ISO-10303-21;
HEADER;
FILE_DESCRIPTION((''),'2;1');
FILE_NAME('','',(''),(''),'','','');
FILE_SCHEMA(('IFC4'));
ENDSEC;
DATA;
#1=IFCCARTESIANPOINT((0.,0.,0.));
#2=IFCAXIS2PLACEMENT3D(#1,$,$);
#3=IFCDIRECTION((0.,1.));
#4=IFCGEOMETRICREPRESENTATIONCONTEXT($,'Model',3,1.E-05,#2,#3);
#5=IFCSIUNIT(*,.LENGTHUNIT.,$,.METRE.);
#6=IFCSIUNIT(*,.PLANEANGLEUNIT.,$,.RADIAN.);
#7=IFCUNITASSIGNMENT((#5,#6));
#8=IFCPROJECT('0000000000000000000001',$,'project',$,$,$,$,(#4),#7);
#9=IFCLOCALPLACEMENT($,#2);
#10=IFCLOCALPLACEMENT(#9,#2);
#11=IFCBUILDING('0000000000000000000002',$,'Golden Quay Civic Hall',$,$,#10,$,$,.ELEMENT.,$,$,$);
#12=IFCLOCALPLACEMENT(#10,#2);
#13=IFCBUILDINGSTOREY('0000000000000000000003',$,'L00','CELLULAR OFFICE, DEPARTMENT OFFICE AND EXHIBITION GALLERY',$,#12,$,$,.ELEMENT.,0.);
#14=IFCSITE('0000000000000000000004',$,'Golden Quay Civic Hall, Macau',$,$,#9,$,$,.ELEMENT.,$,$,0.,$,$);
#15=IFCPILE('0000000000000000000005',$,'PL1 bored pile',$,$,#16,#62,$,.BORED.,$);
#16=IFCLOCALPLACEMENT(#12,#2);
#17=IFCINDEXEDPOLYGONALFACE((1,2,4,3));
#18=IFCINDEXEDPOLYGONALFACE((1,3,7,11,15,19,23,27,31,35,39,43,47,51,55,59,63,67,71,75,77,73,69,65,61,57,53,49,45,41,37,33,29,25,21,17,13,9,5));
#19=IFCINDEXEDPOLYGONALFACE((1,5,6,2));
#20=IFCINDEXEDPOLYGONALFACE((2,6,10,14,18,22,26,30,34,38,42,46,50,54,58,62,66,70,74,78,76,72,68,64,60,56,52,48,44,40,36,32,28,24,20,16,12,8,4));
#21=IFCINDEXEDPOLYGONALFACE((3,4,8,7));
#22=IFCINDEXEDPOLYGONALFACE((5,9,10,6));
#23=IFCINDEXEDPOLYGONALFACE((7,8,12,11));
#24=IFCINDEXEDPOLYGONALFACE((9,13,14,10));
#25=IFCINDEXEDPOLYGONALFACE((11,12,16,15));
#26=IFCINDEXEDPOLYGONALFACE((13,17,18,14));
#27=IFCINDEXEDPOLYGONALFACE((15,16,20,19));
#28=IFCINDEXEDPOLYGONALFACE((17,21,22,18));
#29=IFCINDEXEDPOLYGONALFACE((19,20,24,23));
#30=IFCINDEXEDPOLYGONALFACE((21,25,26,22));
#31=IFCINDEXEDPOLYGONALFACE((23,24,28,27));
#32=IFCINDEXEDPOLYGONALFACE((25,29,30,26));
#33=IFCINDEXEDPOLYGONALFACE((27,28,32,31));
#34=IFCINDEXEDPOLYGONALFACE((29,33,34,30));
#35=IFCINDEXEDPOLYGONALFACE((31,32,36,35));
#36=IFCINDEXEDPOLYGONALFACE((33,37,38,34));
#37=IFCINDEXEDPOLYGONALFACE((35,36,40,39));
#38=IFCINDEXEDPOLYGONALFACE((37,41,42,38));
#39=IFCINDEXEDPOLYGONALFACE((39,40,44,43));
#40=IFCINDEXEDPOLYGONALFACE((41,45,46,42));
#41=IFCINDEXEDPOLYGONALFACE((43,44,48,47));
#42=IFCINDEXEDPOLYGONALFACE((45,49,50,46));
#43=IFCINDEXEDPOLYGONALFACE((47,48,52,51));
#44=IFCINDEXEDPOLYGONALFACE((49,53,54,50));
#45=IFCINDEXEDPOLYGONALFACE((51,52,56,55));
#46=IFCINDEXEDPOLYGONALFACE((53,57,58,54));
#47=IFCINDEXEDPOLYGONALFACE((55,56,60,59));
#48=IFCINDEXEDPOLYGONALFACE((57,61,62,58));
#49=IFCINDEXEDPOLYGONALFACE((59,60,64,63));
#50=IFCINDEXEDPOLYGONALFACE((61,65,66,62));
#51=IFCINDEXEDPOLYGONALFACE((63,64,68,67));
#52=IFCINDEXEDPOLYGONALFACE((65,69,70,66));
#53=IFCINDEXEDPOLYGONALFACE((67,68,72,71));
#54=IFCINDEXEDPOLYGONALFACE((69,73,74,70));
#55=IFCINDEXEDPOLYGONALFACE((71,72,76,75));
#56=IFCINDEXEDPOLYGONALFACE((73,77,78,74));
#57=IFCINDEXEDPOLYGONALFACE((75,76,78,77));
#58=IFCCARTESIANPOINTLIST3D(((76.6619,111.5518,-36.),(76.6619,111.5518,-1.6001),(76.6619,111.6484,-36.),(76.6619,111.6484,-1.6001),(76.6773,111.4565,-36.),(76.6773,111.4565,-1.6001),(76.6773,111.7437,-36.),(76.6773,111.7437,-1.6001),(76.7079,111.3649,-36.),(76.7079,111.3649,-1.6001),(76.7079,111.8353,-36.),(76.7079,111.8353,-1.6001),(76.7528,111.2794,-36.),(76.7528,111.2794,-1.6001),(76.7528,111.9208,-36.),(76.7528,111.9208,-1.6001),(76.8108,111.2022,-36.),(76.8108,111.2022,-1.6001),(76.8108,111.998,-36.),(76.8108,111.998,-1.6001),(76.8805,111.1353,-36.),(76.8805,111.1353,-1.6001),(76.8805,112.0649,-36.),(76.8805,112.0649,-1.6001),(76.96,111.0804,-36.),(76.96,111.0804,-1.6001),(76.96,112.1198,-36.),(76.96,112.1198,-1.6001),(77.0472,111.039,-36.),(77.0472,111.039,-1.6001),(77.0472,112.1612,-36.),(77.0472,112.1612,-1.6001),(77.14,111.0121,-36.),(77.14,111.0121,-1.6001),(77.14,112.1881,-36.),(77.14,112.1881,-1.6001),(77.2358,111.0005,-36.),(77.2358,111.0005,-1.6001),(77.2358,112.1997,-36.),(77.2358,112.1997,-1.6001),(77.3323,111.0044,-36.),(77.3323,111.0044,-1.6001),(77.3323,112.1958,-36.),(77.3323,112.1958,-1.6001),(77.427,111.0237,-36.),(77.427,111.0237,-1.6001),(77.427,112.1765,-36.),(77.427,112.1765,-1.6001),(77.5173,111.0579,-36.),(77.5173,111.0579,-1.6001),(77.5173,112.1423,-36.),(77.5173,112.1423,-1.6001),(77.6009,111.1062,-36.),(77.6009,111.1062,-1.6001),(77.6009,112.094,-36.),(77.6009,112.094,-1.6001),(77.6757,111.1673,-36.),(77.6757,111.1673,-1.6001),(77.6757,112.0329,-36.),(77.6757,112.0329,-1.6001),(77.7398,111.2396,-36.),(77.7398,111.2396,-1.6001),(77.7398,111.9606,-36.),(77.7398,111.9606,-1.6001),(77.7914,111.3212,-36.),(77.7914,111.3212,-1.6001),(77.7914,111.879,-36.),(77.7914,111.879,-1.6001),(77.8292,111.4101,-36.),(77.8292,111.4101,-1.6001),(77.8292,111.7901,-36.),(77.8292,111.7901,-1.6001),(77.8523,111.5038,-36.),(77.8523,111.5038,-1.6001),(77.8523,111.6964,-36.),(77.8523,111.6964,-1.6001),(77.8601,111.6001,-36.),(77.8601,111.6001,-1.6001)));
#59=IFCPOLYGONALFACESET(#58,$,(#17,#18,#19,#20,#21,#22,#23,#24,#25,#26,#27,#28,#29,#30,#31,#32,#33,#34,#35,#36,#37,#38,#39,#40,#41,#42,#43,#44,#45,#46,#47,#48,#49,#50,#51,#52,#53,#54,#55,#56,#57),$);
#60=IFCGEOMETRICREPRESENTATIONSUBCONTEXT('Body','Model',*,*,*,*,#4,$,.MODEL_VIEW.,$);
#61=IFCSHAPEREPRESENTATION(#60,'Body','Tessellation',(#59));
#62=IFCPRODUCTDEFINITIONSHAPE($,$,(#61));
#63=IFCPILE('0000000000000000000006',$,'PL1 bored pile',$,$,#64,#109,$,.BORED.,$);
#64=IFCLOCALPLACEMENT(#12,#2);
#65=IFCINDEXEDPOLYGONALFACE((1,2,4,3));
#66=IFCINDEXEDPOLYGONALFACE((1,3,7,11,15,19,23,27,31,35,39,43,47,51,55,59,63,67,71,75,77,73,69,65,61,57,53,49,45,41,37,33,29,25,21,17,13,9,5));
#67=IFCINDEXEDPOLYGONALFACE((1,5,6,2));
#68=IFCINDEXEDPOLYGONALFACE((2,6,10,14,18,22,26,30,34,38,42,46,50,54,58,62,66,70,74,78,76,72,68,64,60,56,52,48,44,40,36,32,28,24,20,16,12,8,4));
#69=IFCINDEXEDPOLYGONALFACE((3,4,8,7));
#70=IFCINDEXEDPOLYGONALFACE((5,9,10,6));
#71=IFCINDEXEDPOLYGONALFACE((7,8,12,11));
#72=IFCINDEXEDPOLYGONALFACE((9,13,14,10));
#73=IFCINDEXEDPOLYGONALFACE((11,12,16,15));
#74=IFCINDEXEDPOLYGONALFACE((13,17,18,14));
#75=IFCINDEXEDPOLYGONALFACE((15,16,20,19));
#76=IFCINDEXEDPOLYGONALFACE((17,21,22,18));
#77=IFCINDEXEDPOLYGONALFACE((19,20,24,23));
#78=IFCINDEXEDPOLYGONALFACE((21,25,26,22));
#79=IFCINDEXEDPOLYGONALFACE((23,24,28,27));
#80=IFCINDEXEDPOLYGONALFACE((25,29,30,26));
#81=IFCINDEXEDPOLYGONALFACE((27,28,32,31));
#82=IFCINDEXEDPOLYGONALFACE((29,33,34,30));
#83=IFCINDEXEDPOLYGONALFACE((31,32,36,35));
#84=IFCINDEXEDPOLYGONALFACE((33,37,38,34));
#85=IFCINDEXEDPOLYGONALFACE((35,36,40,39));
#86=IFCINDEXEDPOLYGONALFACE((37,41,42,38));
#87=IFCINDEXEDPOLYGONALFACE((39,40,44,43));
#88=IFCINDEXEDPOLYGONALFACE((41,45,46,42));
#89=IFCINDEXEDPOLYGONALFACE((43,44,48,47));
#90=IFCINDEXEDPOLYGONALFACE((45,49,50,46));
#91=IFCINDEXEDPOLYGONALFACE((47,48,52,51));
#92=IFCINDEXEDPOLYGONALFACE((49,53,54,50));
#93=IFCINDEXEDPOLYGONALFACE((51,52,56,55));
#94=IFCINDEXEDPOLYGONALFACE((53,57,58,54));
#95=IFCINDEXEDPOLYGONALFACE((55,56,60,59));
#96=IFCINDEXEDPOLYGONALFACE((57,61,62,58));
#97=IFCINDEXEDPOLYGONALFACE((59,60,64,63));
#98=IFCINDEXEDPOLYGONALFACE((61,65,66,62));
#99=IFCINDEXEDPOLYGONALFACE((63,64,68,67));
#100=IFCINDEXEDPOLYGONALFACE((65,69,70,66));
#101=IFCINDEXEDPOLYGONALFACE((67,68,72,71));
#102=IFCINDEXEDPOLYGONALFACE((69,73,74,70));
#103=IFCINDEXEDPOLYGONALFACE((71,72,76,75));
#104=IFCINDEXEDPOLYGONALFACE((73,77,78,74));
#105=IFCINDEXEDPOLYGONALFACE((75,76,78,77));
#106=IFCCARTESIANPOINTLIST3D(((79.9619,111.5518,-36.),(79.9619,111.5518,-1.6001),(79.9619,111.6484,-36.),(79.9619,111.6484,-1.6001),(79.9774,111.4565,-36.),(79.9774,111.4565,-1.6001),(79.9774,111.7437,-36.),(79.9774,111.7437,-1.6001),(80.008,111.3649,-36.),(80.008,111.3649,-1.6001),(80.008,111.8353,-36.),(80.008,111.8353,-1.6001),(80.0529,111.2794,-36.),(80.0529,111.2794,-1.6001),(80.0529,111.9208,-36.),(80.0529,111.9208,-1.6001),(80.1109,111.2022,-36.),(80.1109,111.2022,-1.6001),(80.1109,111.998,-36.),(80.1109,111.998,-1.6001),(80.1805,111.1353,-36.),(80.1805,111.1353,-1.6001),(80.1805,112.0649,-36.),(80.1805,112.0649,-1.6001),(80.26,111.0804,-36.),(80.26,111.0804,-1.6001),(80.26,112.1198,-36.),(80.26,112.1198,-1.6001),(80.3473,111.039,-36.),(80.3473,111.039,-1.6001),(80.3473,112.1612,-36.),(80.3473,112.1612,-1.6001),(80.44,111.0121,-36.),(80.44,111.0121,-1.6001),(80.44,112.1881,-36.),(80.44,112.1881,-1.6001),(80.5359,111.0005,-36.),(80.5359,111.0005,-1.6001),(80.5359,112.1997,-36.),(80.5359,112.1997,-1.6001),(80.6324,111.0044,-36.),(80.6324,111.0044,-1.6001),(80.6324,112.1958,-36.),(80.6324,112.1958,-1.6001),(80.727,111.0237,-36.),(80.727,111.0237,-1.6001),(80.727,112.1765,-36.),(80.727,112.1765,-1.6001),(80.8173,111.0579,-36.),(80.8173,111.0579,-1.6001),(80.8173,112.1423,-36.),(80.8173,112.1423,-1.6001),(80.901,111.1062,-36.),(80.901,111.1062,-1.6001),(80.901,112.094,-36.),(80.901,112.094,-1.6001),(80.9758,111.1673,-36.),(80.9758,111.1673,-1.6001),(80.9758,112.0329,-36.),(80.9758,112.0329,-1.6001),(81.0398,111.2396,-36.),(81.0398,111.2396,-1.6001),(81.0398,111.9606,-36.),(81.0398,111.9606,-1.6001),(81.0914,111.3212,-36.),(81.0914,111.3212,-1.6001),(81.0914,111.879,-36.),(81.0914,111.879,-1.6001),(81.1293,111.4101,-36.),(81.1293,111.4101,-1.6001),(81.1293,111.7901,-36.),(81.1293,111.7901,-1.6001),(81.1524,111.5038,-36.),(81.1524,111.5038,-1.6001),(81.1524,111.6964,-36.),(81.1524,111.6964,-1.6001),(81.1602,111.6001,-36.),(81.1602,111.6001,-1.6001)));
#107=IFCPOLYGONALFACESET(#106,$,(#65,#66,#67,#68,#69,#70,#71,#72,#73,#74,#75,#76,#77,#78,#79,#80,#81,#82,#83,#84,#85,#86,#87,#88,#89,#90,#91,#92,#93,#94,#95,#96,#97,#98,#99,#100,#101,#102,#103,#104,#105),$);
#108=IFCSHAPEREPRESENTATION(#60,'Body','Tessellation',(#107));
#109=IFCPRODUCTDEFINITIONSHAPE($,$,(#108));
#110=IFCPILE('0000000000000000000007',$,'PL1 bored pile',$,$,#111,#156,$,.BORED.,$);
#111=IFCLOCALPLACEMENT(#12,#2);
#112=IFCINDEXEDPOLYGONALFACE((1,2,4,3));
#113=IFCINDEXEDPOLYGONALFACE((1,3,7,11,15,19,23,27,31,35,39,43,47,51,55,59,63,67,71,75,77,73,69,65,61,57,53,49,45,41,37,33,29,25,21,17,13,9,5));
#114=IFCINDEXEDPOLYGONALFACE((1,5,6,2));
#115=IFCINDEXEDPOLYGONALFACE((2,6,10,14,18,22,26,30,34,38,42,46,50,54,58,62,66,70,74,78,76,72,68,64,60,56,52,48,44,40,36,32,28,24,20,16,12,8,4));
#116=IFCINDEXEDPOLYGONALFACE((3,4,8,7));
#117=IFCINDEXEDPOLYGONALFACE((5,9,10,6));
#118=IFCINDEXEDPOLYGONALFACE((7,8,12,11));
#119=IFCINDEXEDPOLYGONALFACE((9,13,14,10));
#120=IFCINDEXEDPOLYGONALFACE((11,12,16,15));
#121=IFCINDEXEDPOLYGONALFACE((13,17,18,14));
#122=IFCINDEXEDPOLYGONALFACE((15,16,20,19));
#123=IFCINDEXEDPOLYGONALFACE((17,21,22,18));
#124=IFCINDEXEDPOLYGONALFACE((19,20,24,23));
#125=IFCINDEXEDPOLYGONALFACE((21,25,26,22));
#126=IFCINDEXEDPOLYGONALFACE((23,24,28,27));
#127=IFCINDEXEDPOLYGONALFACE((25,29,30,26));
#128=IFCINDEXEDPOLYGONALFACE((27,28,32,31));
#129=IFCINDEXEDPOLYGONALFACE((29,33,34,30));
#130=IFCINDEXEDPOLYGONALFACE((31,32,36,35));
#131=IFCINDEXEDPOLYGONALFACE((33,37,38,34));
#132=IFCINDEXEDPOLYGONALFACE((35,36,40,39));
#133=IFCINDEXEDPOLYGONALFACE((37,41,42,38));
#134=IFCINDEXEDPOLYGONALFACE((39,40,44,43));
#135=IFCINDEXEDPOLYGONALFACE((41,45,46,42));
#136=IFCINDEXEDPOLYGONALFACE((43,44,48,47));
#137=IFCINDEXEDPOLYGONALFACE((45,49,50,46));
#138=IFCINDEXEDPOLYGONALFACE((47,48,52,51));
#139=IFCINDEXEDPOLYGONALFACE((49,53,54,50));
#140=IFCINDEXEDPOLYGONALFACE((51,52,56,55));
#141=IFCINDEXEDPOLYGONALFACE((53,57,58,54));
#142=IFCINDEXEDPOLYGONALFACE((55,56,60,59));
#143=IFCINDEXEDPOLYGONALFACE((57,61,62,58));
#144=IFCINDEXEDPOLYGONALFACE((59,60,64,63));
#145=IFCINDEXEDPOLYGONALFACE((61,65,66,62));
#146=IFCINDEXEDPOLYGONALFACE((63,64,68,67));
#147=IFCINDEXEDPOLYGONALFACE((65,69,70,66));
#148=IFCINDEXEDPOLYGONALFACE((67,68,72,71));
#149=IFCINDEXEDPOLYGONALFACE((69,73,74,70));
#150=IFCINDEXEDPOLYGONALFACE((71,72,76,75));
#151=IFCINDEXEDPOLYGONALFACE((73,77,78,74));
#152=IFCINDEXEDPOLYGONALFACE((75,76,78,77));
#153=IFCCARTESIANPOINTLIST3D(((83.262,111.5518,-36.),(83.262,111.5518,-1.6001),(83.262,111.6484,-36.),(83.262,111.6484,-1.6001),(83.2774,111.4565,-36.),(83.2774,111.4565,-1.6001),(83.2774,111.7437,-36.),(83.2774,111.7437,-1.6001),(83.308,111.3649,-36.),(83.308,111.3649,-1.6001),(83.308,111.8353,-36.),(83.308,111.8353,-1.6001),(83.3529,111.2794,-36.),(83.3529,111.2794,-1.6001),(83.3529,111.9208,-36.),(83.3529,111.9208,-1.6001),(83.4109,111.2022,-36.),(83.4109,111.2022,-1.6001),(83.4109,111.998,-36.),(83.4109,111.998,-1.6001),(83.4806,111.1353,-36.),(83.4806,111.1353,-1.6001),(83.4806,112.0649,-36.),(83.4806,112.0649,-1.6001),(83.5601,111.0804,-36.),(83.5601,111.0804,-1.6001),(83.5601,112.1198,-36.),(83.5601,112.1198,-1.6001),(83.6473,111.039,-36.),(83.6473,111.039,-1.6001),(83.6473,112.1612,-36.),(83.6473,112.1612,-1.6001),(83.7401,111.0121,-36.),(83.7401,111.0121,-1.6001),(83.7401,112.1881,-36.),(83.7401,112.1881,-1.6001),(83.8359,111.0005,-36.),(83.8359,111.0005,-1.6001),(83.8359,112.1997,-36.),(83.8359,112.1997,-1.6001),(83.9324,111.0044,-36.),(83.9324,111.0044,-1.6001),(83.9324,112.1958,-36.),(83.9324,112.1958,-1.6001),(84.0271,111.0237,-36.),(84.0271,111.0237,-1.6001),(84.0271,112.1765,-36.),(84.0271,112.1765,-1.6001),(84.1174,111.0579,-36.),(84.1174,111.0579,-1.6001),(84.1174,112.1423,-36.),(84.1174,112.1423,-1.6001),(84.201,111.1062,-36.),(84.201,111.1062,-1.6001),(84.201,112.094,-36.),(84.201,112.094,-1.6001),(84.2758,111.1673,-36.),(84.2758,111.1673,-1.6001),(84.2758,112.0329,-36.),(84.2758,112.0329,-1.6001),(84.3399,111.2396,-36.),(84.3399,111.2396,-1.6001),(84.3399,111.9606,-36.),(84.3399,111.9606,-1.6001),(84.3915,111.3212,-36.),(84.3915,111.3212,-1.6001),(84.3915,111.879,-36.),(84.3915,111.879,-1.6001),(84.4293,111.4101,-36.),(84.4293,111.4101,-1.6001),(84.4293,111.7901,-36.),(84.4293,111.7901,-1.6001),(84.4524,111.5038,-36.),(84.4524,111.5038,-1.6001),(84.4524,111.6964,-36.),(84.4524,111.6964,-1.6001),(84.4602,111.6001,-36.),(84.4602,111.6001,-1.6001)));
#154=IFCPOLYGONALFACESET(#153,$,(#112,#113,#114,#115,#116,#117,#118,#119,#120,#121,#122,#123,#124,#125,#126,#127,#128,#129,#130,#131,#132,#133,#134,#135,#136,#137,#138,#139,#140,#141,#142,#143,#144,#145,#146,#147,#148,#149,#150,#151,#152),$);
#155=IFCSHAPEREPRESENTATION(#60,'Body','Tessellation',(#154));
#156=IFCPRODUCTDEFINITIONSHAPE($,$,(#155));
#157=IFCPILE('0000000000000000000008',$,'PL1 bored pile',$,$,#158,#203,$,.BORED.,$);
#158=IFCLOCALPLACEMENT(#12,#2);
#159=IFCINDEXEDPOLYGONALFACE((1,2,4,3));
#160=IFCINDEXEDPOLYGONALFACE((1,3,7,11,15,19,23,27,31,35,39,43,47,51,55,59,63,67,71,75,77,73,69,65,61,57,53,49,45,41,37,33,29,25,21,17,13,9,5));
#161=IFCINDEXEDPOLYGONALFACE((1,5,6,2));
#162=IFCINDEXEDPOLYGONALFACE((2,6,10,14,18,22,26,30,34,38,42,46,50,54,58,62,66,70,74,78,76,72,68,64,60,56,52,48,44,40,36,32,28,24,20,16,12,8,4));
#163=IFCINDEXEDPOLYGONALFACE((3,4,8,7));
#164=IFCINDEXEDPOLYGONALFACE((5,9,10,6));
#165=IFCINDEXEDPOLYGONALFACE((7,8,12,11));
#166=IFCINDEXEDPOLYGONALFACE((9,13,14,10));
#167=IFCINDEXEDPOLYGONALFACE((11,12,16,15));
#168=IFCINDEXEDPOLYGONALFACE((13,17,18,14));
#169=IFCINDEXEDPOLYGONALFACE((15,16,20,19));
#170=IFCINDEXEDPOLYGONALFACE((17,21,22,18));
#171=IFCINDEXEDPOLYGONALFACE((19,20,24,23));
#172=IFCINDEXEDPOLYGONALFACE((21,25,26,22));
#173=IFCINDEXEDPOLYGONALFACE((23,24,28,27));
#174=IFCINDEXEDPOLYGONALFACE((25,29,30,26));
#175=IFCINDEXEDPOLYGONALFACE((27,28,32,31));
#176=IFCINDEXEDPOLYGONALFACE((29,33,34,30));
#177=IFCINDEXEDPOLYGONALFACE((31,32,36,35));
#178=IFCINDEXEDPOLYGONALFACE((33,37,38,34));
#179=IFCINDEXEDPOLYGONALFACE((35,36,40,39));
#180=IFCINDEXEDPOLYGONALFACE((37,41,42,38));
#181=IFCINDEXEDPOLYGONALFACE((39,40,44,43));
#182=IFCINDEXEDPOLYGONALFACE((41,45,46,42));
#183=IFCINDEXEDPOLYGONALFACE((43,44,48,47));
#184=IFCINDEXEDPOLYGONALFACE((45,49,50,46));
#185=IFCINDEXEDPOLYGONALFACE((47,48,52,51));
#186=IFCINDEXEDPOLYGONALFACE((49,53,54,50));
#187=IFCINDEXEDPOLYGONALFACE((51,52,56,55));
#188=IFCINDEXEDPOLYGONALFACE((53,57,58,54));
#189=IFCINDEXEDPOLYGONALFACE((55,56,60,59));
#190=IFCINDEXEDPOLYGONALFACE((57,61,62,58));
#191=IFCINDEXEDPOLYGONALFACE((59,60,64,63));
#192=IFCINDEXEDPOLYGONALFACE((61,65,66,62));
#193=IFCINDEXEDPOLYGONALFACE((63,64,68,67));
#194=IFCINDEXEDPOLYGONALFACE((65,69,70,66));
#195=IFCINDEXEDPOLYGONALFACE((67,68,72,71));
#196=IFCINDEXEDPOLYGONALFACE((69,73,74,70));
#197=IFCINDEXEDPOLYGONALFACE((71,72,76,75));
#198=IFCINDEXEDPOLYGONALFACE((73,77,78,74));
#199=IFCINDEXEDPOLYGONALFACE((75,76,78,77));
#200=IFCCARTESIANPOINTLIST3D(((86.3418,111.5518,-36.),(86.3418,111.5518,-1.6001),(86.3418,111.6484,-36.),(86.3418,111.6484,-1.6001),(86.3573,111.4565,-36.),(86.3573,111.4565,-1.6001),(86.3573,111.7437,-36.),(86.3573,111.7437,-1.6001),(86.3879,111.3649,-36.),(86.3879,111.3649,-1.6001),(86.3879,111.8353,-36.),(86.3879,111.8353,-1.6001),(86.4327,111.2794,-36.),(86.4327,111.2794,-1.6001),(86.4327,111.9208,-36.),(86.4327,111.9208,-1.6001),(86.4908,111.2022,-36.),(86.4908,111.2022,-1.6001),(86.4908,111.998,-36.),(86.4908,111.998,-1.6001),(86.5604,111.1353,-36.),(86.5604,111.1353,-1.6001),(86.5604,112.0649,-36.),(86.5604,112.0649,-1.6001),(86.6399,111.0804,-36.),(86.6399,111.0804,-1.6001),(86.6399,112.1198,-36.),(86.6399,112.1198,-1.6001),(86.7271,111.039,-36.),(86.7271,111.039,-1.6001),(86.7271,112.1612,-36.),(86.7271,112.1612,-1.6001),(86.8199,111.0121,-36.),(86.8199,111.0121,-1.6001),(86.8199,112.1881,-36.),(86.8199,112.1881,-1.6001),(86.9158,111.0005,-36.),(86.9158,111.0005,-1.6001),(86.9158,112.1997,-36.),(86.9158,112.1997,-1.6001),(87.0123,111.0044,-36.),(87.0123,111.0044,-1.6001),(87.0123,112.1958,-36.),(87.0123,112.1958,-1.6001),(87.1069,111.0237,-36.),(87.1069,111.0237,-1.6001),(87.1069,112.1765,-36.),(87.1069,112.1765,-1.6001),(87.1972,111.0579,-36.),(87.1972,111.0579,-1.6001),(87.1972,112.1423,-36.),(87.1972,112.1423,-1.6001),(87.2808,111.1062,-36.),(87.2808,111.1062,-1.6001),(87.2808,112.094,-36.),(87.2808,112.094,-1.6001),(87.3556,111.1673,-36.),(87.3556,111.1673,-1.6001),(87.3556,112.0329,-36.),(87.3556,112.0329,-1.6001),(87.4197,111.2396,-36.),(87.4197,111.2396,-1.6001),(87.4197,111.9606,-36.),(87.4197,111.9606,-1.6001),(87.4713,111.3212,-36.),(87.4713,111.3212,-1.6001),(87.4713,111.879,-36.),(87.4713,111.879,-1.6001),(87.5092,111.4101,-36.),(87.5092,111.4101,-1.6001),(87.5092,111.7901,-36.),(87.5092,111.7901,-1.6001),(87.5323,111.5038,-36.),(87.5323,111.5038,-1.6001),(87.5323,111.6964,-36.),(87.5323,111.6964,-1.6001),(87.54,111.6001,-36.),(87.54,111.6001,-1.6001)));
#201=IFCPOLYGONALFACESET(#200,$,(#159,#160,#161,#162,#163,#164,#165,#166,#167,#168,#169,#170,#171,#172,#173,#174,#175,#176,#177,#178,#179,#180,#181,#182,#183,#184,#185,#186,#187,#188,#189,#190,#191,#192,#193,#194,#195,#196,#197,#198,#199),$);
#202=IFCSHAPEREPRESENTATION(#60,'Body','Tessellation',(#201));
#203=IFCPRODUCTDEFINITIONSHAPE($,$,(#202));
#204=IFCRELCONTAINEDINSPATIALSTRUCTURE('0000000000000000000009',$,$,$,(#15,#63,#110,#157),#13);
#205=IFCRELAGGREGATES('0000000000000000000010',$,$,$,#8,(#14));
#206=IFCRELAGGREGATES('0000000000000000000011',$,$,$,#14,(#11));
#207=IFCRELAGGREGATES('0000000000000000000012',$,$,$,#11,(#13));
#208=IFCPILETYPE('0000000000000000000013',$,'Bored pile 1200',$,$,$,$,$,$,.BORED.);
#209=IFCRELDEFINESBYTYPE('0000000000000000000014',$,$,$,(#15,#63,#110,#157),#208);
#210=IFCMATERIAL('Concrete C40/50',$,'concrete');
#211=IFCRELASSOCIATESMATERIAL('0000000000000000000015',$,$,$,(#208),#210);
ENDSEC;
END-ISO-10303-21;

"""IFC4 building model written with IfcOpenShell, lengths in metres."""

from ifc_helpers import new_model, si_unit, direction, frame, origin, origin_2d, place, context, subcontext, project, spatial, circle, extrude, material, material_profile, profile_set, type_object, element, save


model = new_model("IFC4")

# Units and contexts
model_context = context("Model", 3, precision=1e-05, world=origin(), true_north=direction((0.0, 1.0)))
body_context = subcontext(model_context, "Body", "Model", "MODEL_VIEW")
ifc_project = project(units=[si_unit("LENGTHUNIT", "METRE"), si_unit("PLANEANGLEUNIT", "RADIAN")], contexts=[model_context])

# Site, building, storey
site_placement = place(None, origin())
site = spatial("IfcSite", under=ifc_project, at=site_placement, Name="Golden Quay Civic Hall, Macau", CompositionType="ELEMENT", RefElevation=0.0)
building_placement = place(site_placement, origin())
building = spatial("IfcBuilding", under=site, at=building_placement, Name="Golden Quay Civic Hall", CompositionType="ELEMENT")
storey_placement = place(building_placement, origin())
storey = spatial("IfcBuildingStorey", under=building, at=storey_placement, Name="L00", Description="CELLULAR OFFICE, DEPARTMENT OFFICE AND EXHIBITION GALLERY", CompositionType="ELEMENT", Elevation=0.0)

# Piles
ifc_material_1 = material(Name="Concrete C40/50", Category="concrete")
ifc_material_profile_1 = material_profile(ifc_material_1, circle(Radius=0.6001, at=origin_2d()), Name="RC D1200")
ifc_profile_set_1 = profile_set([ifc_material_profile_1], Name="Concrete C40/50")
pile_type_1 = type_object("IfcPileType", Name="Bored pile 1200", PredefinedType="BORED", material=ifc_profile_set_1)
for number, where, z_axis, x_axis, name in (
    (1, (77.26, 111.6001, -1.6001), (0.0, 0.0, -1.0), (1.0, 0.0, 0.0), "PL1 bored pile"),
    (2, (80.5601, 111.6001, -1.6001), (0.0, 0.0, -1.0), (1.0, 0.0, 0.0), "PL1 bored pile"),
    (3, (83.8601, 111.6001, -1.6001), (0.0, 0.0, -1.0), (1.0, 0.0, 0.0), "PL1 bored pile"),
    (4, (86.9399, 111.6001, -1.6001), (0.0, 0.0, -1.0), (1.0, 0.0, 0.0), "PL1 bored pile"),
):
    element("IfcPile", number, at=place(storey_placement, frame(where, z_axis=z_axis, x_axis=x_axis)), inside=storey, type_object=pile_type_1, Name=name, PredefinedType="BORED", context=body_context, shape_type="SweptSolid", body=[
        extrude(circle(Radius=0.6001, at=origin_2d()), origin(), (0.0, 0.0, 1.0), 34.3999),
    ])

save(model, "model.ifc")
